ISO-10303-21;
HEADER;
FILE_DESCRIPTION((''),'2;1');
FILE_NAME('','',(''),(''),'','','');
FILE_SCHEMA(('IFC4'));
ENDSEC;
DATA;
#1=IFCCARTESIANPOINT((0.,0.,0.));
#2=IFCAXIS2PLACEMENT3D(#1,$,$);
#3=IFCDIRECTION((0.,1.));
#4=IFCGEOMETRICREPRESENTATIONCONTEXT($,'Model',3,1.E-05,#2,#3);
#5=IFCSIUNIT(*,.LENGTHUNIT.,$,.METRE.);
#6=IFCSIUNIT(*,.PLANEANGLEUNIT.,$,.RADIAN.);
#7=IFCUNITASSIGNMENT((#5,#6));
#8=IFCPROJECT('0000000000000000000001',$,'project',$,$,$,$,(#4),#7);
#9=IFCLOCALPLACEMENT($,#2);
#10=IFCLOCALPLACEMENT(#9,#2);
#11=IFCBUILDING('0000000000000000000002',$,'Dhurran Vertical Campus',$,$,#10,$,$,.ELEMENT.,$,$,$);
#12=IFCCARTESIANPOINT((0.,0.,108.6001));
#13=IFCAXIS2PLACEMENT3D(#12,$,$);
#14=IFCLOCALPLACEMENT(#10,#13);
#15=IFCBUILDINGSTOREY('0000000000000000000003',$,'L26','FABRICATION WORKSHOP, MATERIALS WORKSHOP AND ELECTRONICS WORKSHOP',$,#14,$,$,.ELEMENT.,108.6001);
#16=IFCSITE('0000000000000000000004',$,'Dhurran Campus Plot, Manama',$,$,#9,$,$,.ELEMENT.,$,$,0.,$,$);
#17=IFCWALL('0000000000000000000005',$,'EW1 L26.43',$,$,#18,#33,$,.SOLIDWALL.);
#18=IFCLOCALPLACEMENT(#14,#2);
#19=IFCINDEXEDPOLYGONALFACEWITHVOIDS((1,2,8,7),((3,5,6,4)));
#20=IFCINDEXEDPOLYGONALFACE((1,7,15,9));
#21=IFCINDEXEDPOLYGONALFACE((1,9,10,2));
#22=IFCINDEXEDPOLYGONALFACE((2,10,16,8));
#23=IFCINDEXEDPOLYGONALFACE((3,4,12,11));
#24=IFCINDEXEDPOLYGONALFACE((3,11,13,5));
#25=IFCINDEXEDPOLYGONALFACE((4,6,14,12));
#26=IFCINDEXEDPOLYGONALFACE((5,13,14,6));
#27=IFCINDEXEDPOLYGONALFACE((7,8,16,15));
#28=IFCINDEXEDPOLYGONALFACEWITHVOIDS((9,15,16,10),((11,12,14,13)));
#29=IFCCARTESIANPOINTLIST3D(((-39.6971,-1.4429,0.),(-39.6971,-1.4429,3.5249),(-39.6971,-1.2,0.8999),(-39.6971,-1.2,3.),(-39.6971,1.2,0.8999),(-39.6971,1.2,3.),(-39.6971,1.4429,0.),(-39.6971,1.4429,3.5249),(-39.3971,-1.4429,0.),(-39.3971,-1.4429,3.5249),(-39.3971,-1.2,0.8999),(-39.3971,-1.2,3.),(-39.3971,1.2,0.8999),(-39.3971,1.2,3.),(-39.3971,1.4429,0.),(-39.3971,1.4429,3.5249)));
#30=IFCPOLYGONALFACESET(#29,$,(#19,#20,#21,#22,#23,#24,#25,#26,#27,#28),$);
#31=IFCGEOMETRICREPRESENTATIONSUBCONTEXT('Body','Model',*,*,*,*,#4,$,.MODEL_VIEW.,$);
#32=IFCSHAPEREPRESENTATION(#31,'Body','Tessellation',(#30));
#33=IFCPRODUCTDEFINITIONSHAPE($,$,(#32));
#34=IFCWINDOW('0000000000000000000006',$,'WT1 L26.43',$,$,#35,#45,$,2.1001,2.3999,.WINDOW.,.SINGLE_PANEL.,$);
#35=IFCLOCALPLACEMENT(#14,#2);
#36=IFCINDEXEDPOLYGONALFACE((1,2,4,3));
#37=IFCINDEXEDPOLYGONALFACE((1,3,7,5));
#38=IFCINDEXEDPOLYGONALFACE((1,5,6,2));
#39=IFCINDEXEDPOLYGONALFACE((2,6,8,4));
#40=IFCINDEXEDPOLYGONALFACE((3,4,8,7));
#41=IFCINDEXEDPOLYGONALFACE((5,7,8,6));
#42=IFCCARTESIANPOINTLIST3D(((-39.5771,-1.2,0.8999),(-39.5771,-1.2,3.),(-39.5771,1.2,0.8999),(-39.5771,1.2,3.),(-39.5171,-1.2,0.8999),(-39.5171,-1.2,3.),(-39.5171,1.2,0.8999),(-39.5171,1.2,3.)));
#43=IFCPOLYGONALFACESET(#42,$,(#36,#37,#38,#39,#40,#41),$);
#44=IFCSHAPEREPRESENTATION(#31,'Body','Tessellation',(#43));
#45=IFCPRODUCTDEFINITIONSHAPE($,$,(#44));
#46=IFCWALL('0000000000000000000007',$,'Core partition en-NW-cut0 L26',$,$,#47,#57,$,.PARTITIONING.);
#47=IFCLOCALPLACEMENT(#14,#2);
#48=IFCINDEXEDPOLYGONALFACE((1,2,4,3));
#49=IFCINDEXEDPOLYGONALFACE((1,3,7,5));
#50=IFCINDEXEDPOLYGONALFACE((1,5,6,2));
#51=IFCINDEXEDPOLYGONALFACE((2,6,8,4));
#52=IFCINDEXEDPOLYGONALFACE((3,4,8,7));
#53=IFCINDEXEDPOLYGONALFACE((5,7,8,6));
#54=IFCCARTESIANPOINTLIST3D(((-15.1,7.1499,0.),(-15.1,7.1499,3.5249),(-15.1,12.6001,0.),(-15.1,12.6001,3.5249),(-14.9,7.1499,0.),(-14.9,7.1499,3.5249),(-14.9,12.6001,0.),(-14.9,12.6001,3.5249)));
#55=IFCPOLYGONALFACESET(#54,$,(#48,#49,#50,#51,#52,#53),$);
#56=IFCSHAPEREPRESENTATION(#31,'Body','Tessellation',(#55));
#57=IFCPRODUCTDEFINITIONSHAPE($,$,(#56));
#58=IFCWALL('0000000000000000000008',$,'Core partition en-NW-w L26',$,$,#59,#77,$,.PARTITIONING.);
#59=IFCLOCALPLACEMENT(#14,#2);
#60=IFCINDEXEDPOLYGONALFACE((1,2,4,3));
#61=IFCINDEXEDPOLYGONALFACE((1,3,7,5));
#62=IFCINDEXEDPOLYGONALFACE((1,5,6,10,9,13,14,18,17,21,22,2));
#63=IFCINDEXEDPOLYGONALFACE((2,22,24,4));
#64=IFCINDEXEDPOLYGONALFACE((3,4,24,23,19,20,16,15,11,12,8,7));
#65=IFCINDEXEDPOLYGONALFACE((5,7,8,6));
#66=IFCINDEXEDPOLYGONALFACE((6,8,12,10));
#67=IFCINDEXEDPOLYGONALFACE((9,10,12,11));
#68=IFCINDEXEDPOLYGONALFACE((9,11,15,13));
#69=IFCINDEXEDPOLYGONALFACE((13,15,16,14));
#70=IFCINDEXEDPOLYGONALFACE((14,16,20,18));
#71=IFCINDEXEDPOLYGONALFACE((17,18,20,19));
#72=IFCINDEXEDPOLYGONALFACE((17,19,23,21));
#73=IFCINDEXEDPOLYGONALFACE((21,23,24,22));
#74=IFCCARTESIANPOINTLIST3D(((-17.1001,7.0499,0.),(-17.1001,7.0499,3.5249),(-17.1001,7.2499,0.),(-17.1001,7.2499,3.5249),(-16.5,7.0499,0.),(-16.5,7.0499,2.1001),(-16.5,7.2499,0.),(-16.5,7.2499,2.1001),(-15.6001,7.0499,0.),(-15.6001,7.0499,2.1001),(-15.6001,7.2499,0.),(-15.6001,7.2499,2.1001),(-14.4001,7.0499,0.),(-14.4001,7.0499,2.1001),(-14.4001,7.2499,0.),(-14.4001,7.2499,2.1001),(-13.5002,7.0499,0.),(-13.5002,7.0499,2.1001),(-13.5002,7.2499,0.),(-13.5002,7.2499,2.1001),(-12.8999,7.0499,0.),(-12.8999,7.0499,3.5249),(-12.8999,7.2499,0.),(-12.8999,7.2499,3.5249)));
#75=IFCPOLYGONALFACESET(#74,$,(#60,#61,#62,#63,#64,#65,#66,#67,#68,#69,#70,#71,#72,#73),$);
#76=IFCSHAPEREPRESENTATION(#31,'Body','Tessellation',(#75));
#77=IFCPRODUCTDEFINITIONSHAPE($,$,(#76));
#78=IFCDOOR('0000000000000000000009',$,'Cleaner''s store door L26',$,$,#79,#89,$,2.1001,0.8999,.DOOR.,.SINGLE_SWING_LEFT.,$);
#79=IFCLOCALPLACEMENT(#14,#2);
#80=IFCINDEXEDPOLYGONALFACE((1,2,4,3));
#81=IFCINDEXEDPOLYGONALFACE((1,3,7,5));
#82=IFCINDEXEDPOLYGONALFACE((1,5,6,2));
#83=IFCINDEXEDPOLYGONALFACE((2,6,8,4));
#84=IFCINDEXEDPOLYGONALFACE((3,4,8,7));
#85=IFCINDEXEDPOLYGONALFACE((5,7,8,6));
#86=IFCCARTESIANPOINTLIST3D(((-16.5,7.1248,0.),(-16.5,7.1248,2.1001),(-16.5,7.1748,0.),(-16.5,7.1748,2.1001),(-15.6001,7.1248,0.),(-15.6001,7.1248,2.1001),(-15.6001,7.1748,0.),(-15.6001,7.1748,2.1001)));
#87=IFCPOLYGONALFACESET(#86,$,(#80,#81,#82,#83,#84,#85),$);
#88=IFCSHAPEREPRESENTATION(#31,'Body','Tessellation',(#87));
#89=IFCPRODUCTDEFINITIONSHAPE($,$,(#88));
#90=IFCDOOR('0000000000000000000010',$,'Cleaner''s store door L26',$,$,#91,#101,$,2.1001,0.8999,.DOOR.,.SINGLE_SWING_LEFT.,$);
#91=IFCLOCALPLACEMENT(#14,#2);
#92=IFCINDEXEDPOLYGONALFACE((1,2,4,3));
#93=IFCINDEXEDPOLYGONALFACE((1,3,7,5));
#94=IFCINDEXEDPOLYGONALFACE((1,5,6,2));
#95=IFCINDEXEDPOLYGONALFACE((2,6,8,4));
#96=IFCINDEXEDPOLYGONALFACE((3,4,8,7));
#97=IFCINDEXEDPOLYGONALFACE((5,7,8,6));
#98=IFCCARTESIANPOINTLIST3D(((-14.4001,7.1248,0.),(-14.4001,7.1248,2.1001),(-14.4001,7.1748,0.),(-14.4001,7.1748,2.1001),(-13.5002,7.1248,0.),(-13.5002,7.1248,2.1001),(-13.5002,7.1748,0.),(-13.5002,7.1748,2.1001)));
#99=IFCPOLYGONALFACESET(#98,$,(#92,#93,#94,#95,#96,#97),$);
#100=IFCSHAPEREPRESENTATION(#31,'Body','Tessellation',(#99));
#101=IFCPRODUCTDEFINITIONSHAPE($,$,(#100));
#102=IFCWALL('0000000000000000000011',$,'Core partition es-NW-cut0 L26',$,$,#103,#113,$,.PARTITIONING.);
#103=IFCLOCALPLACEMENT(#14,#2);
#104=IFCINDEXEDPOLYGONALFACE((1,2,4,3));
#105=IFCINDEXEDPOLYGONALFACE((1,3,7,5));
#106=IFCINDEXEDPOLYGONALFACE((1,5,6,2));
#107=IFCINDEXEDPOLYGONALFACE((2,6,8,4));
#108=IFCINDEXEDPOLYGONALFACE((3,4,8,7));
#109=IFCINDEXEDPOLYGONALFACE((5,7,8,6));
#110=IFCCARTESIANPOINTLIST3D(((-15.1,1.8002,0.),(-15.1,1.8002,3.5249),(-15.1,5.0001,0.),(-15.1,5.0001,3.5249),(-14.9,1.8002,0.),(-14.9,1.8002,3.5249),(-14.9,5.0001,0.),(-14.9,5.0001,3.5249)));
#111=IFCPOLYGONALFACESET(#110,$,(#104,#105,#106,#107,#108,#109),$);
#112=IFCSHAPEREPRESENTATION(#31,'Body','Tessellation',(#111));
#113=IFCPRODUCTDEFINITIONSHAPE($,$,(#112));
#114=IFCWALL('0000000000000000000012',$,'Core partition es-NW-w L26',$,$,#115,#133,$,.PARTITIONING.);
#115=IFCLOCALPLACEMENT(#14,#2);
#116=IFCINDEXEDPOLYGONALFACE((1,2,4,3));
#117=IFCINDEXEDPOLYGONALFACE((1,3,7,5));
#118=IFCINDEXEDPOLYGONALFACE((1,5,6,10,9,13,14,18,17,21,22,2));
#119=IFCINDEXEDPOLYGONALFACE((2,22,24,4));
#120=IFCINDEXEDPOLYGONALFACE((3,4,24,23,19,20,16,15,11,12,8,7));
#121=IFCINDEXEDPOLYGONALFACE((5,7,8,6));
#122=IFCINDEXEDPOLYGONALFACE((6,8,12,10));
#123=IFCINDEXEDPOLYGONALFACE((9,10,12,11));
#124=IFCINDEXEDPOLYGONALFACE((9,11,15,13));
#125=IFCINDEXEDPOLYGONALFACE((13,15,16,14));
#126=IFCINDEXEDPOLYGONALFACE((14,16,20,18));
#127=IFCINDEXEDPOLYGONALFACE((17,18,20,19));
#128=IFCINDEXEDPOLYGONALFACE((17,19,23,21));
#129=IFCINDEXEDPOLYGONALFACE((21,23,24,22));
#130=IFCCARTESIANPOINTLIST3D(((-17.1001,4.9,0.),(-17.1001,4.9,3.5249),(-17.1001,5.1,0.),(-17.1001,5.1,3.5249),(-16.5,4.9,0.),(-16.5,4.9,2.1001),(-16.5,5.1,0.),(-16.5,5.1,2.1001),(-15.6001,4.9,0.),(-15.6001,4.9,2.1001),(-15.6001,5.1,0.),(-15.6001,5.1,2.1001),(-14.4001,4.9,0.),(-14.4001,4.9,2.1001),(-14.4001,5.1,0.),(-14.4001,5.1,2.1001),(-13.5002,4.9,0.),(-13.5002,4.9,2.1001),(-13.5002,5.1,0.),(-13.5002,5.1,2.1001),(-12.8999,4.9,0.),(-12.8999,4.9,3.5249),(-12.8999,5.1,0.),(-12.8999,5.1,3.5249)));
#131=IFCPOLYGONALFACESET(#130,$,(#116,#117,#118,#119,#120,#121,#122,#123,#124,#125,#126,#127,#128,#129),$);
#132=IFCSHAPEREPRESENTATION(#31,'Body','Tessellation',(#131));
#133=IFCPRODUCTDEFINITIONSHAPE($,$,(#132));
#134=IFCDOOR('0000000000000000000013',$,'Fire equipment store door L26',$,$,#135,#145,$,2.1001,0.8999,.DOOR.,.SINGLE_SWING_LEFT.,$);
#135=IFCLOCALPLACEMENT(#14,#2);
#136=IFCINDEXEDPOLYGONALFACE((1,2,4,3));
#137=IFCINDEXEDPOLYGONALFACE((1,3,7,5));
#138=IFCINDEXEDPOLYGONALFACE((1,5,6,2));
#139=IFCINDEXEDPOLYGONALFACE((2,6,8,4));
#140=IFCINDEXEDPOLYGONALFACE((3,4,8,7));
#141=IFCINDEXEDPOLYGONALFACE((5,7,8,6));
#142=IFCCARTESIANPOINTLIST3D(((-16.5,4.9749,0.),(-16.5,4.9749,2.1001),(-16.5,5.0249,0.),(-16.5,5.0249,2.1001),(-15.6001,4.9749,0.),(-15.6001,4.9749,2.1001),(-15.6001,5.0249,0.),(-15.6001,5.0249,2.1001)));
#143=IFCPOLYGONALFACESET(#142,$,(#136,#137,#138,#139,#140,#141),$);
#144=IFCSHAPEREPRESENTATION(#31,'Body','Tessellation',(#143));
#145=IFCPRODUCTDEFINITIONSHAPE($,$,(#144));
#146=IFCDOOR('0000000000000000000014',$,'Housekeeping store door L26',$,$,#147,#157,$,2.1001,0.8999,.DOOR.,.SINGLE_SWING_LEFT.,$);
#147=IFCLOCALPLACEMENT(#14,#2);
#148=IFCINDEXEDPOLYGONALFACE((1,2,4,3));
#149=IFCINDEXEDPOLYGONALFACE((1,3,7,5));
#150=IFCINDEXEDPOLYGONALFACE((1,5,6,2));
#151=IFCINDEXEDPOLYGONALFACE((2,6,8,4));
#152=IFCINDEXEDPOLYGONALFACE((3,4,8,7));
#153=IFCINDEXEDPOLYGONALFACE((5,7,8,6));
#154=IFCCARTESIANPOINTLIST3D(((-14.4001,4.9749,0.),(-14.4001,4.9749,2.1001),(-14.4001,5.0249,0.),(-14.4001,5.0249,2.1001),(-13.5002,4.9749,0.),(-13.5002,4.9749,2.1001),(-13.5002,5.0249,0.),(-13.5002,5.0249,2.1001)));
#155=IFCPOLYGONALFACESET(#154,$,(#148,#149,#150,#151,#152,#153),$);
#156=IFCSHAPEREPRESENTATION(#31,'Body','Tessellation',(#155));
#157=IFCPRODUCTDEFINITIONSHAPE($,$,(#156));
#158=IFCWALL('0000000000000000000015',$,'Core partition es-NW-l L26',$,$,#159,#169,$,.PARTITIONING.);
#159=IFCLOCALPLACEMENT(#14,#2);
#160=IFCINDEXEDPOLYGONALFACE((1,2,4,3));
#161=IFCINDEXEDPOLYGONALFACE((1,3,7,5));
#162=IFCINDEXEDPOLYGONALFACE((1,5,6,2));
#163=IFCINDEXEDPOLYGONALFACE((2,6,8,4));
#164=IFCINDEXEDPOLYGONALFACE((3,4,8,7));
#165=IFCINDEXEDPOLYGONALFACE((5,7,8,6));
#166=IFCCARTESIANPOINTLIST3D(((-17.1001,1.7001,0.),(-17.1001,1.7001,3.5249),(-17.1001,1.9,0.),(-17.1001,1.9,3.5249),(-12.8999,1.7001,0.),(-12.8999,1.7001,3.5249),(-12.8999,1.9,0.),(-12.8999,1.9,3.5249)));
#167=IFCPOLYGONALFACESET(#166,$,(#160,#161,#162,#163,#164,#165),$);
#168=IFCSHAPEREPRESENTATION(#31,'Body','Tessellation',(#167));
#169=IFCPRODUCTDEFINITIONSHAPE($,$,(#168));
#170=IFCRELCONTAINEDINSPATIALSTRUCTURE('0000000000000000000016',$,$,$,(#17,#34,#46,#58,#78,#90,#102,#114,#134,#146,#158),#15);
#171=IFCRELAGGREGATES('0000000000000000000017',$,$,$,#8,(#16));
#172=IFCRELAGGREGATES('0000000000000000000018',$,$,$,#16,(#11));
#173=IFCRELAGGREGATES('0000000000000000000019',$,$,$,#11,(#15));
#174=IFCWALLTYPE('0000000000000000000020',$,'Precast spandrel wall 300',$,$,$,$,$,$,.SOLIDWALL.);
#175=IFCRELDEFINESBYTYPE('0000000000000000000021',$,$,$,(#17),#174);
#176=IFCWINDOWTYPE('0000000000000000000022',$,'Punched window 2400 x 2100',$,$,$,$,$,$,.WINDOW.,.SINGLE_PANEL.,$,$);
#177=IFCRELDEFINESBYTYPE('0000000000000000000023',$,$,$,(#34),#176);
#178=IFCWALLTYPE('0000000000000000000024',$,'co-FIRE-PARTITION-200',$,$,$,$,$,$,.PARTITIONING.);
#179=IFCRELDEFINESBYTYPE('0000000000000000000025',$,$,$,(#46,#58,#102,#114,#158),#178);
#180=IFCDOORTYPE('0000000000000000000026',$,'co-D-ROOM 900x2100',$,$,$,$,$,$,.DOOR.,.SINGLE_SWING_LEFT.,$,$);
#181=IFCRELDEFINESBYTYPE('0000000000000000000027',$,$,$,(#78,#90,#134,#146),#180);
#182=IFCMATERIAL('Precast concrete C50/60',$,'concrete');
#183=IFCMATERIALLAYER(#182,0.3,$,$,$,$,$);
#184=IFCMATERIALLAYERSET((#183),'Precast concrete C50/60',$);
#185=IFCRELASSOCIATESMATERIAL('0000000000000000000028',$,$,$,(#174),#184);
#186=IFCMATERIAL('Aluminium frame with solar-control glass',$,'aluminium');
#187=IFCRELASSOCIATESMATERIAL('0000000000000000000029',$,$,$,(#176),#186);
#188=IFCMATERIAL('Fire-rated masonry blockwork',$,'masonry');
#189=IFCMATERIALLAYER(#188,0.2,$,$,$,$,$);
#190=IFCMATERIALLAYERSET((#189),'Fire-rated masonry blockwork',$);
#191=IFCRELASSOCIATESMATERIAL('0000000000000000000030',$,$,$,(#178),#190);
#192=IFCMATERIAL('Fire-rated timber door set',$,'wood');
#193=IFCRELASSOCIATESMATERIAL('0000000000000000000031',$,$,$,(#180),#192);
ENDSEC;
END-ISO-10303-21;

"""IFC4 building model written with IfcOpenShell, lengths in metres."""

from ifc_helpers import new_model, si_unit, direction, frame, frame_2d, origin, place, context, subcontext, project, spatial, rectangle, extrude, material, layer, layer_set, type_object, element, fill, save


model = new_model("IFC4")

# Units and contexts
model_context = context("Model", 3, precision=1e-05, world=origin(), true_north=direction((0.0, 1.0)))
body_context = subcontext(model_context, "Body", "Model", "MODEL_VIEW")
ifc_project = project(units=[si_unit("LENGTHUNIT", "METRE"), si_unit("PLANEANGLEUNIT", "RADIAN")], contexts=[model_context])

# Site, building, storey
site_placement = place(None, origin())
site = spatial("IfcSite", under=ifc_project, at=site_placement, Name="Dhurran Campus Plot, Manama", CompositionType="ELEMENT", RefElevation=0.0)
building_placement = place(site_placement, origin())
building = spatial("IfcBuilding", under=site, at=building_placement, Name="Dhurran Vertical Campus", CompositionType="ELEMENT")
storey_placement = place(building_placement, frame((0.0, 0.0, 108.6001)))
storey = spatial("IfcBuildingStorey", under=building, at=storey_placement, Name="L26", Description="FABRICATION WORKSHOP, MATERIALS WORKSHOP AND ELECTRONICS WORKSHOP", CompositionType="ELEMENT", Elevation=108.6001)

# Wall, opening, window
ifc_material_1 = material(Name="Precast concrete C50/60", Category="concrete")
ifc_layer_1 = layer(ifc_material_1, 0.3)
ifc_layer_set_1 = layer_set([ifc_layer_1], Name="Precast concrete C50/60")
wall_type_1 = type_object("IfcWallType", Name="Precast spandrel wall 300", PredefinedType="SOLIDWALL", material=ifc_layer_set_1)
ifc_material_2 = material(Name="Aluminium frame with solar-control glass", Category="aluminium")
window_type = type_object("IfcWindowType", Name="Punched window 2400 x 2100", PartitioningType="SINGLE_PANEL", PredefinedType="WINDOW", material=ifc_material_2)
wall_1_placement = place(storey_placement, frame((-39.5471, 1.4429, 0.0), z_axis=(0.0, 0.0, 1.0), x_axis=(0.0, -1.0, 0.0)))
wall_1 = element("IfcWall", 1, at=wall_1_placement, inside=storey, type_object=wall_type_1, Name="EW1 L26.43", PredefinedType="SOLIDWALL", context=body_context, shape_type="SweptSolid", body=[
    extrude(rectangle(XDim=2.8857, YDim=0.3, at=frame_2d((1.4429, 0.0))), origin(), (0.0, 0.0, 1.0), 3.5249),
])
opening_1_placement = place(wall_1_placement, frame((0.2429, 0.0, 0.8999)))
opening_1 = element("IfcOpeningElement", 2, at=opening_1_placement, cuts=wall_1, PredefinedType="OPENING", context=body_context, shape_type="SweptSolid", body=[
    extrude(rectangle(XDim=2.3999, YDim=2.1001, at=frame_2d((1.2, 1.05))), frame((0.0, 0.1599, 0.0), z_axis=(0.0, -1.0, 0.0), x_axis=(1.0, 0.0, 0.0)), (0.0, 0.0, 1.0), 0.3201),
])
window_1_placement = place(opening_1_placement, origin())
window_1 = element("IfcWindow", 3, at=window_1_placement, inside=storey, type_object=window_type, Name="WT1 L26.43", OverallHeight=2.1001, OverallWidth=2.3999, PartitioningType="SINGLE_PANEL", PredefinedType="WINDOW", context=body_context, shape_type="SweptSolid", body=[
    extrude(rectangle(XDim=2.3999, YDim=2.1001, at=frame_2d((1.2, 1.05))), frame((0.0, 0.03, 0.0), z_axis=(0.0, -1.0, 0.0), x_axis=(1.0, 0.0, 0.0)), (0.0, 0.0, 1.0), 0.0601),
])
fill(opening_1, window_1)

# Wall
ifc_material_3 = material(Name="Fire-rated masonry blockwork", Category="masonry")
ifc_layer_2 = layer(ifc_material_3, 0.2)
ifc_layer_set_2 = layer_set([ifc_layer_2], Name="Fire-rated masonry blockwork")
wall_type_2 = type_object("IfcWallType", Name="co-FIRE-PARTITION-200", PredefinedType="PARTITIONING", material=ifc_layer_set_2)
wall_2_placement = place(storey_placement, frame((-15.0, 7.1499, 0.0), z_axis=(0.0, 0.0, 1.0), x_axis=(0.0, 1.0, 0.0)))
element("IfcWall", 4, at=wall_2_placement, inside=storey, type_object=wall_type_2, Name="Core partition en-NW-cut0 L26", PredefinedType="PARTITIONING", context=body_context, shape_type="SweptSolid", body=[
    extrude(rectangle(XDim=5.4502, YDim=0.2, at=frame_2d((2.7251, 0.0))), origin(), (0.0, 0.0, 1.0), 3.5249),
])

# Wall, openings, doors
wall_3_placement = place(storey_placement, frame((-17.1001, 7.1499, 0.0), z_axis=(0.0, 0.0, 1.0), x_axis=(1.0, 0.0, 0.0)))
wall_3 = element("IfcWall", 5, at=wall_3_placement, inside=storey, type_object=wall_type_2, Name="Core partition en-NW-w L26", PredefinedType="PARTITIONING", context=body_context, shape_type="SweptSolid", body=[
    extrude(rectangle(XDim=4.2002, YDim=0.2, at=frame_2d((2.1001, 0.0))), origin(), (0.0, 0.0, 1.0), 3.5249),
])
opening_2_placement = place(wall_3_placement, frame((0.6001, 0.0, 0.0)))
opening_2 = element("IfcOpeningElement", 6, at=opening_2_placement, cuts=wall_3, PredefinedType="OPENING", context=body_context, shape_type="SweptSolid", body=[
    extrude(rectangle(XDim=0.8999, YDim=2.1001, at=frame_2d((0.45, 1.05))), frame((0.0, 0.1099, 0.0), z_axis=(0.0, -1.0, 0.0), x_axis=(1.0, 0.0, 0.0)), (0.0, 0.0, 1.0), 0.22),
])
opening_3_placement = place(wall_3_placement, frame((2.7, 0.0, 0.0)))
opening_3 = element("IfcOpeningElement", 7, at=opening_3_placement, cuts=wall_3, PredefinedType="OPENING", context=body_context, shape_type="SweptSolid", body=[
    extrude(rectangle(XDim=0.8999, YDim=2.1001, at=frame_2d((0.45, 1.05))), frame((0.0, 0.1099, 0.0), z_axis=(0.0, -1.0, 0.0), x_axis=(1.0, 0.0, 0.0)), (0.0, 0.0, 1.0), 0.22),
])
ifc_material_4 = material(Name="Fire-rated timber door set", Category="wood")
door_type_1 = type_object("IfcDoorType", Name="co-D-ROOM 900x2100", OperationType="SINGLE_SWING_LEFT", PredefinedType="DOOR", material=ifc_material_4)
door_1_placement = place(opening_2_placement, origin())
door_1 = element("IfcDoor", 8, at=door_1_placement, inside=storey, type_object=door_type_1, Name="Cleaner's store door L26", OperationType="SINGLE_SWING_LEFT", OverallHeight=2.1001, OverallWidth=0.8999, PredefinedType="DOOR", context=body_context, shape_type="SweptSolid", body=[
    extrude(rectangle(XDim=0.8999, YDim=2.1001, at=frame_2d((0.45, 1.05))), frame((0.0, 0.0249, 0.0), z_axis=(0.0, -1.0, 0.0), x_axis=(1.0, 0.0, 0.0)), (0.0, 0.0, 1.0), 0.05),
])
fill(opening_2, door_1)
door_2_placement = place(opening_3_placement, origin())
door_2 = element("IfcDoor", 9, at=door_2_placement, inside=storey, type_object=door_type_1, Name="Cleaner's store door L26", OperationType="SINGLE_SWING_LEFT", OverallHeight=2.1001, OverallWidth=0.8999, PredefinedType="DOOR", context=body_context, shape_type="SweptSolid", body=[
    extrude(rectangle(XDim=0.8999, YDim=2.1001, at=frame_2d((0.45, 1.05))), frame((0.0, 0.0249, 0.0), z_axis=(0.0, -1.0, 0.0), x_axis=(1.0, 0.0, 0.0)), (0.0, 0.0, 1.0), 0.05),
])
fill(opening_3, door_2)

# Wall
wall_4_placement = place(storey_placement, frame((-15.0, 1.8, 0.0), z_axis=(0.0, 0.0, 1.0), x_axis=(0.0, 1.0, 0.0)))
element("IfcWall", 10, at=wall_4_placement, inside=storey, type_object=wall_type_2, Name="Core partition es-NW-cut0 L26", PredefinedType="PARTITIONING", context=body_context, shape_type="SweptSolid", body=[
    extrude(rectangle(XDim=3.2, YDim=0.2, at=frame_2d((1.6001, 0.0))), origin(), (0.0, 0.0, 1.0), 3.5249),
])

# Wall, openings, doors
wall_5_placement = place(storey_placement, frame((-17.1001, 5.0, 0.0), z_axis=(0.0, 0.0, 1.0), x_axis=(1.0, 0.0, 0.0)))
wall_5 = element("IfcWall", 11, at=wall_5_placement, inside=storey, type_object=wall_type_2, Name="Core partition es-NW-w L26", PredefinedType="PARTITIONING", context=body_context, shape_type="SweptSolid", body=[
    extrude(rectangle(XDim=4.2002, YDim=0.2, at=frame_2d((2.1001, 0.0))), origin(), (0.0, 0.0, 1.0), 3.5249),
])
opening_4_placement = place(wall_5_placement, frame((0.6001, 0.0, 0.0)))
opening_4 = element("IfcOpeningElement", 12, at=opening_4_placement, cuts=wall_5, PredefinedType="OPENING", context=body_context, shape_type="SweptSolid", body=[
    extrude(rectangle(XDim=0.8999, YDim=2.1001, at=frame_2d((0.45, 1.05))), frame((0.0, 0.1099, 0.0), z_axis=(0.0, -1.0, 0.0), x_axis=(1.0, 0.0, 0.0)), (0.0, 0.0, 1.0), 0.22),
])
opening_5_placement = place(wall_5_placement, frame((2.7, 0.0, 0.0)))
opening_5 = element("IfcOpeningElement", 13, at=opening_5_placement, cuts=wall_5, PredefinedType="OPENING", context=body_context, shape_type="SweptSolid", body=[
    extrude(rectangle(XDim=0.8999, YDim=2.1001, at=frame_2d((0.45, 1.05))), frame((0.0, 0.1099, 0.0), z_axis=(0.0, -1.0, 0.0), x_axis=(1.0, 0.0, 0.0)), (0.0, 0.0, 1.0), 0.22),
])
door_3_placement = place(opening_4_placement, origin())
door_3 = element("IfcDoor", 14, at=door_3_placement, inside=storey, type_object=door_type_1, Name="Fire equipment store door L26", OperationType="SINGLE_SWING_LEFT", OverallHeight=2.1001, OverallWidth=0.8999, PredefinedType="DOOR", context=body_context, shape_type="SweptSolid", body=[
    extrude(rectangle(XDim=0.8999, YDim=2.1001, at=frame_2d((0.45, 1.05))), frame((0.0, 0.0249, 0.0), z_axis=(0.0, -1.0, 0.0), x_axis=(1.0, 0.0, 0.0)), (0.0, 0.0, 1.0), 0.05),
])
fill(opening_4, door_3)
door_4_placement = place(opening_5_placement, origin())
door_4 = element("IfcDoor", 15, at=door_4_placement, inside=storey, type_object=door_type_1, Name="Housekeeping store door L26", OperationType="SINGLE_SWING_LEFT", OverallHeight=2.1001, OverallWidth=0.8999, PredefinedType="DOOR", context=body_context, shape_type="SweptSolid", body=[
    extrude(rectangle(XDim=0.8999, YDim=2.1001, at=frame_2d((0.45, 1.05))), frame((0.0, 0.0249, 0.0), z_axis=(0.0, -1.0, 0.0), x_axis=(1.0, 0.0, 0.0)), (0.0, 0.0, 1.0), 0.05),
])
fill(opening_5, door_4)

# Wall
wall_6_placement = place(storey_placement, frame((-17.1001, 1.8, 0.0), z_axis=(0.0, 0.0, 1.0), x_axis=(1.0, 0.0, 0.0)))
element("IfcWall", 16, at=wall_6_placement, inside=storey, type_object=wall_type_2, Name="Core partition es-NW-l L26", PredefinedType="PARTITIONING", context=body_context, shape_type="SweptSolid", body=[
    extrude(rectangle(XDim=4.2002, YDim=0.2, at=frame_2d((2.1001, 0.0))), origin(), (0.0, 0.0, 1.0), 3.5249),
])

save(model, "model.ifc")
